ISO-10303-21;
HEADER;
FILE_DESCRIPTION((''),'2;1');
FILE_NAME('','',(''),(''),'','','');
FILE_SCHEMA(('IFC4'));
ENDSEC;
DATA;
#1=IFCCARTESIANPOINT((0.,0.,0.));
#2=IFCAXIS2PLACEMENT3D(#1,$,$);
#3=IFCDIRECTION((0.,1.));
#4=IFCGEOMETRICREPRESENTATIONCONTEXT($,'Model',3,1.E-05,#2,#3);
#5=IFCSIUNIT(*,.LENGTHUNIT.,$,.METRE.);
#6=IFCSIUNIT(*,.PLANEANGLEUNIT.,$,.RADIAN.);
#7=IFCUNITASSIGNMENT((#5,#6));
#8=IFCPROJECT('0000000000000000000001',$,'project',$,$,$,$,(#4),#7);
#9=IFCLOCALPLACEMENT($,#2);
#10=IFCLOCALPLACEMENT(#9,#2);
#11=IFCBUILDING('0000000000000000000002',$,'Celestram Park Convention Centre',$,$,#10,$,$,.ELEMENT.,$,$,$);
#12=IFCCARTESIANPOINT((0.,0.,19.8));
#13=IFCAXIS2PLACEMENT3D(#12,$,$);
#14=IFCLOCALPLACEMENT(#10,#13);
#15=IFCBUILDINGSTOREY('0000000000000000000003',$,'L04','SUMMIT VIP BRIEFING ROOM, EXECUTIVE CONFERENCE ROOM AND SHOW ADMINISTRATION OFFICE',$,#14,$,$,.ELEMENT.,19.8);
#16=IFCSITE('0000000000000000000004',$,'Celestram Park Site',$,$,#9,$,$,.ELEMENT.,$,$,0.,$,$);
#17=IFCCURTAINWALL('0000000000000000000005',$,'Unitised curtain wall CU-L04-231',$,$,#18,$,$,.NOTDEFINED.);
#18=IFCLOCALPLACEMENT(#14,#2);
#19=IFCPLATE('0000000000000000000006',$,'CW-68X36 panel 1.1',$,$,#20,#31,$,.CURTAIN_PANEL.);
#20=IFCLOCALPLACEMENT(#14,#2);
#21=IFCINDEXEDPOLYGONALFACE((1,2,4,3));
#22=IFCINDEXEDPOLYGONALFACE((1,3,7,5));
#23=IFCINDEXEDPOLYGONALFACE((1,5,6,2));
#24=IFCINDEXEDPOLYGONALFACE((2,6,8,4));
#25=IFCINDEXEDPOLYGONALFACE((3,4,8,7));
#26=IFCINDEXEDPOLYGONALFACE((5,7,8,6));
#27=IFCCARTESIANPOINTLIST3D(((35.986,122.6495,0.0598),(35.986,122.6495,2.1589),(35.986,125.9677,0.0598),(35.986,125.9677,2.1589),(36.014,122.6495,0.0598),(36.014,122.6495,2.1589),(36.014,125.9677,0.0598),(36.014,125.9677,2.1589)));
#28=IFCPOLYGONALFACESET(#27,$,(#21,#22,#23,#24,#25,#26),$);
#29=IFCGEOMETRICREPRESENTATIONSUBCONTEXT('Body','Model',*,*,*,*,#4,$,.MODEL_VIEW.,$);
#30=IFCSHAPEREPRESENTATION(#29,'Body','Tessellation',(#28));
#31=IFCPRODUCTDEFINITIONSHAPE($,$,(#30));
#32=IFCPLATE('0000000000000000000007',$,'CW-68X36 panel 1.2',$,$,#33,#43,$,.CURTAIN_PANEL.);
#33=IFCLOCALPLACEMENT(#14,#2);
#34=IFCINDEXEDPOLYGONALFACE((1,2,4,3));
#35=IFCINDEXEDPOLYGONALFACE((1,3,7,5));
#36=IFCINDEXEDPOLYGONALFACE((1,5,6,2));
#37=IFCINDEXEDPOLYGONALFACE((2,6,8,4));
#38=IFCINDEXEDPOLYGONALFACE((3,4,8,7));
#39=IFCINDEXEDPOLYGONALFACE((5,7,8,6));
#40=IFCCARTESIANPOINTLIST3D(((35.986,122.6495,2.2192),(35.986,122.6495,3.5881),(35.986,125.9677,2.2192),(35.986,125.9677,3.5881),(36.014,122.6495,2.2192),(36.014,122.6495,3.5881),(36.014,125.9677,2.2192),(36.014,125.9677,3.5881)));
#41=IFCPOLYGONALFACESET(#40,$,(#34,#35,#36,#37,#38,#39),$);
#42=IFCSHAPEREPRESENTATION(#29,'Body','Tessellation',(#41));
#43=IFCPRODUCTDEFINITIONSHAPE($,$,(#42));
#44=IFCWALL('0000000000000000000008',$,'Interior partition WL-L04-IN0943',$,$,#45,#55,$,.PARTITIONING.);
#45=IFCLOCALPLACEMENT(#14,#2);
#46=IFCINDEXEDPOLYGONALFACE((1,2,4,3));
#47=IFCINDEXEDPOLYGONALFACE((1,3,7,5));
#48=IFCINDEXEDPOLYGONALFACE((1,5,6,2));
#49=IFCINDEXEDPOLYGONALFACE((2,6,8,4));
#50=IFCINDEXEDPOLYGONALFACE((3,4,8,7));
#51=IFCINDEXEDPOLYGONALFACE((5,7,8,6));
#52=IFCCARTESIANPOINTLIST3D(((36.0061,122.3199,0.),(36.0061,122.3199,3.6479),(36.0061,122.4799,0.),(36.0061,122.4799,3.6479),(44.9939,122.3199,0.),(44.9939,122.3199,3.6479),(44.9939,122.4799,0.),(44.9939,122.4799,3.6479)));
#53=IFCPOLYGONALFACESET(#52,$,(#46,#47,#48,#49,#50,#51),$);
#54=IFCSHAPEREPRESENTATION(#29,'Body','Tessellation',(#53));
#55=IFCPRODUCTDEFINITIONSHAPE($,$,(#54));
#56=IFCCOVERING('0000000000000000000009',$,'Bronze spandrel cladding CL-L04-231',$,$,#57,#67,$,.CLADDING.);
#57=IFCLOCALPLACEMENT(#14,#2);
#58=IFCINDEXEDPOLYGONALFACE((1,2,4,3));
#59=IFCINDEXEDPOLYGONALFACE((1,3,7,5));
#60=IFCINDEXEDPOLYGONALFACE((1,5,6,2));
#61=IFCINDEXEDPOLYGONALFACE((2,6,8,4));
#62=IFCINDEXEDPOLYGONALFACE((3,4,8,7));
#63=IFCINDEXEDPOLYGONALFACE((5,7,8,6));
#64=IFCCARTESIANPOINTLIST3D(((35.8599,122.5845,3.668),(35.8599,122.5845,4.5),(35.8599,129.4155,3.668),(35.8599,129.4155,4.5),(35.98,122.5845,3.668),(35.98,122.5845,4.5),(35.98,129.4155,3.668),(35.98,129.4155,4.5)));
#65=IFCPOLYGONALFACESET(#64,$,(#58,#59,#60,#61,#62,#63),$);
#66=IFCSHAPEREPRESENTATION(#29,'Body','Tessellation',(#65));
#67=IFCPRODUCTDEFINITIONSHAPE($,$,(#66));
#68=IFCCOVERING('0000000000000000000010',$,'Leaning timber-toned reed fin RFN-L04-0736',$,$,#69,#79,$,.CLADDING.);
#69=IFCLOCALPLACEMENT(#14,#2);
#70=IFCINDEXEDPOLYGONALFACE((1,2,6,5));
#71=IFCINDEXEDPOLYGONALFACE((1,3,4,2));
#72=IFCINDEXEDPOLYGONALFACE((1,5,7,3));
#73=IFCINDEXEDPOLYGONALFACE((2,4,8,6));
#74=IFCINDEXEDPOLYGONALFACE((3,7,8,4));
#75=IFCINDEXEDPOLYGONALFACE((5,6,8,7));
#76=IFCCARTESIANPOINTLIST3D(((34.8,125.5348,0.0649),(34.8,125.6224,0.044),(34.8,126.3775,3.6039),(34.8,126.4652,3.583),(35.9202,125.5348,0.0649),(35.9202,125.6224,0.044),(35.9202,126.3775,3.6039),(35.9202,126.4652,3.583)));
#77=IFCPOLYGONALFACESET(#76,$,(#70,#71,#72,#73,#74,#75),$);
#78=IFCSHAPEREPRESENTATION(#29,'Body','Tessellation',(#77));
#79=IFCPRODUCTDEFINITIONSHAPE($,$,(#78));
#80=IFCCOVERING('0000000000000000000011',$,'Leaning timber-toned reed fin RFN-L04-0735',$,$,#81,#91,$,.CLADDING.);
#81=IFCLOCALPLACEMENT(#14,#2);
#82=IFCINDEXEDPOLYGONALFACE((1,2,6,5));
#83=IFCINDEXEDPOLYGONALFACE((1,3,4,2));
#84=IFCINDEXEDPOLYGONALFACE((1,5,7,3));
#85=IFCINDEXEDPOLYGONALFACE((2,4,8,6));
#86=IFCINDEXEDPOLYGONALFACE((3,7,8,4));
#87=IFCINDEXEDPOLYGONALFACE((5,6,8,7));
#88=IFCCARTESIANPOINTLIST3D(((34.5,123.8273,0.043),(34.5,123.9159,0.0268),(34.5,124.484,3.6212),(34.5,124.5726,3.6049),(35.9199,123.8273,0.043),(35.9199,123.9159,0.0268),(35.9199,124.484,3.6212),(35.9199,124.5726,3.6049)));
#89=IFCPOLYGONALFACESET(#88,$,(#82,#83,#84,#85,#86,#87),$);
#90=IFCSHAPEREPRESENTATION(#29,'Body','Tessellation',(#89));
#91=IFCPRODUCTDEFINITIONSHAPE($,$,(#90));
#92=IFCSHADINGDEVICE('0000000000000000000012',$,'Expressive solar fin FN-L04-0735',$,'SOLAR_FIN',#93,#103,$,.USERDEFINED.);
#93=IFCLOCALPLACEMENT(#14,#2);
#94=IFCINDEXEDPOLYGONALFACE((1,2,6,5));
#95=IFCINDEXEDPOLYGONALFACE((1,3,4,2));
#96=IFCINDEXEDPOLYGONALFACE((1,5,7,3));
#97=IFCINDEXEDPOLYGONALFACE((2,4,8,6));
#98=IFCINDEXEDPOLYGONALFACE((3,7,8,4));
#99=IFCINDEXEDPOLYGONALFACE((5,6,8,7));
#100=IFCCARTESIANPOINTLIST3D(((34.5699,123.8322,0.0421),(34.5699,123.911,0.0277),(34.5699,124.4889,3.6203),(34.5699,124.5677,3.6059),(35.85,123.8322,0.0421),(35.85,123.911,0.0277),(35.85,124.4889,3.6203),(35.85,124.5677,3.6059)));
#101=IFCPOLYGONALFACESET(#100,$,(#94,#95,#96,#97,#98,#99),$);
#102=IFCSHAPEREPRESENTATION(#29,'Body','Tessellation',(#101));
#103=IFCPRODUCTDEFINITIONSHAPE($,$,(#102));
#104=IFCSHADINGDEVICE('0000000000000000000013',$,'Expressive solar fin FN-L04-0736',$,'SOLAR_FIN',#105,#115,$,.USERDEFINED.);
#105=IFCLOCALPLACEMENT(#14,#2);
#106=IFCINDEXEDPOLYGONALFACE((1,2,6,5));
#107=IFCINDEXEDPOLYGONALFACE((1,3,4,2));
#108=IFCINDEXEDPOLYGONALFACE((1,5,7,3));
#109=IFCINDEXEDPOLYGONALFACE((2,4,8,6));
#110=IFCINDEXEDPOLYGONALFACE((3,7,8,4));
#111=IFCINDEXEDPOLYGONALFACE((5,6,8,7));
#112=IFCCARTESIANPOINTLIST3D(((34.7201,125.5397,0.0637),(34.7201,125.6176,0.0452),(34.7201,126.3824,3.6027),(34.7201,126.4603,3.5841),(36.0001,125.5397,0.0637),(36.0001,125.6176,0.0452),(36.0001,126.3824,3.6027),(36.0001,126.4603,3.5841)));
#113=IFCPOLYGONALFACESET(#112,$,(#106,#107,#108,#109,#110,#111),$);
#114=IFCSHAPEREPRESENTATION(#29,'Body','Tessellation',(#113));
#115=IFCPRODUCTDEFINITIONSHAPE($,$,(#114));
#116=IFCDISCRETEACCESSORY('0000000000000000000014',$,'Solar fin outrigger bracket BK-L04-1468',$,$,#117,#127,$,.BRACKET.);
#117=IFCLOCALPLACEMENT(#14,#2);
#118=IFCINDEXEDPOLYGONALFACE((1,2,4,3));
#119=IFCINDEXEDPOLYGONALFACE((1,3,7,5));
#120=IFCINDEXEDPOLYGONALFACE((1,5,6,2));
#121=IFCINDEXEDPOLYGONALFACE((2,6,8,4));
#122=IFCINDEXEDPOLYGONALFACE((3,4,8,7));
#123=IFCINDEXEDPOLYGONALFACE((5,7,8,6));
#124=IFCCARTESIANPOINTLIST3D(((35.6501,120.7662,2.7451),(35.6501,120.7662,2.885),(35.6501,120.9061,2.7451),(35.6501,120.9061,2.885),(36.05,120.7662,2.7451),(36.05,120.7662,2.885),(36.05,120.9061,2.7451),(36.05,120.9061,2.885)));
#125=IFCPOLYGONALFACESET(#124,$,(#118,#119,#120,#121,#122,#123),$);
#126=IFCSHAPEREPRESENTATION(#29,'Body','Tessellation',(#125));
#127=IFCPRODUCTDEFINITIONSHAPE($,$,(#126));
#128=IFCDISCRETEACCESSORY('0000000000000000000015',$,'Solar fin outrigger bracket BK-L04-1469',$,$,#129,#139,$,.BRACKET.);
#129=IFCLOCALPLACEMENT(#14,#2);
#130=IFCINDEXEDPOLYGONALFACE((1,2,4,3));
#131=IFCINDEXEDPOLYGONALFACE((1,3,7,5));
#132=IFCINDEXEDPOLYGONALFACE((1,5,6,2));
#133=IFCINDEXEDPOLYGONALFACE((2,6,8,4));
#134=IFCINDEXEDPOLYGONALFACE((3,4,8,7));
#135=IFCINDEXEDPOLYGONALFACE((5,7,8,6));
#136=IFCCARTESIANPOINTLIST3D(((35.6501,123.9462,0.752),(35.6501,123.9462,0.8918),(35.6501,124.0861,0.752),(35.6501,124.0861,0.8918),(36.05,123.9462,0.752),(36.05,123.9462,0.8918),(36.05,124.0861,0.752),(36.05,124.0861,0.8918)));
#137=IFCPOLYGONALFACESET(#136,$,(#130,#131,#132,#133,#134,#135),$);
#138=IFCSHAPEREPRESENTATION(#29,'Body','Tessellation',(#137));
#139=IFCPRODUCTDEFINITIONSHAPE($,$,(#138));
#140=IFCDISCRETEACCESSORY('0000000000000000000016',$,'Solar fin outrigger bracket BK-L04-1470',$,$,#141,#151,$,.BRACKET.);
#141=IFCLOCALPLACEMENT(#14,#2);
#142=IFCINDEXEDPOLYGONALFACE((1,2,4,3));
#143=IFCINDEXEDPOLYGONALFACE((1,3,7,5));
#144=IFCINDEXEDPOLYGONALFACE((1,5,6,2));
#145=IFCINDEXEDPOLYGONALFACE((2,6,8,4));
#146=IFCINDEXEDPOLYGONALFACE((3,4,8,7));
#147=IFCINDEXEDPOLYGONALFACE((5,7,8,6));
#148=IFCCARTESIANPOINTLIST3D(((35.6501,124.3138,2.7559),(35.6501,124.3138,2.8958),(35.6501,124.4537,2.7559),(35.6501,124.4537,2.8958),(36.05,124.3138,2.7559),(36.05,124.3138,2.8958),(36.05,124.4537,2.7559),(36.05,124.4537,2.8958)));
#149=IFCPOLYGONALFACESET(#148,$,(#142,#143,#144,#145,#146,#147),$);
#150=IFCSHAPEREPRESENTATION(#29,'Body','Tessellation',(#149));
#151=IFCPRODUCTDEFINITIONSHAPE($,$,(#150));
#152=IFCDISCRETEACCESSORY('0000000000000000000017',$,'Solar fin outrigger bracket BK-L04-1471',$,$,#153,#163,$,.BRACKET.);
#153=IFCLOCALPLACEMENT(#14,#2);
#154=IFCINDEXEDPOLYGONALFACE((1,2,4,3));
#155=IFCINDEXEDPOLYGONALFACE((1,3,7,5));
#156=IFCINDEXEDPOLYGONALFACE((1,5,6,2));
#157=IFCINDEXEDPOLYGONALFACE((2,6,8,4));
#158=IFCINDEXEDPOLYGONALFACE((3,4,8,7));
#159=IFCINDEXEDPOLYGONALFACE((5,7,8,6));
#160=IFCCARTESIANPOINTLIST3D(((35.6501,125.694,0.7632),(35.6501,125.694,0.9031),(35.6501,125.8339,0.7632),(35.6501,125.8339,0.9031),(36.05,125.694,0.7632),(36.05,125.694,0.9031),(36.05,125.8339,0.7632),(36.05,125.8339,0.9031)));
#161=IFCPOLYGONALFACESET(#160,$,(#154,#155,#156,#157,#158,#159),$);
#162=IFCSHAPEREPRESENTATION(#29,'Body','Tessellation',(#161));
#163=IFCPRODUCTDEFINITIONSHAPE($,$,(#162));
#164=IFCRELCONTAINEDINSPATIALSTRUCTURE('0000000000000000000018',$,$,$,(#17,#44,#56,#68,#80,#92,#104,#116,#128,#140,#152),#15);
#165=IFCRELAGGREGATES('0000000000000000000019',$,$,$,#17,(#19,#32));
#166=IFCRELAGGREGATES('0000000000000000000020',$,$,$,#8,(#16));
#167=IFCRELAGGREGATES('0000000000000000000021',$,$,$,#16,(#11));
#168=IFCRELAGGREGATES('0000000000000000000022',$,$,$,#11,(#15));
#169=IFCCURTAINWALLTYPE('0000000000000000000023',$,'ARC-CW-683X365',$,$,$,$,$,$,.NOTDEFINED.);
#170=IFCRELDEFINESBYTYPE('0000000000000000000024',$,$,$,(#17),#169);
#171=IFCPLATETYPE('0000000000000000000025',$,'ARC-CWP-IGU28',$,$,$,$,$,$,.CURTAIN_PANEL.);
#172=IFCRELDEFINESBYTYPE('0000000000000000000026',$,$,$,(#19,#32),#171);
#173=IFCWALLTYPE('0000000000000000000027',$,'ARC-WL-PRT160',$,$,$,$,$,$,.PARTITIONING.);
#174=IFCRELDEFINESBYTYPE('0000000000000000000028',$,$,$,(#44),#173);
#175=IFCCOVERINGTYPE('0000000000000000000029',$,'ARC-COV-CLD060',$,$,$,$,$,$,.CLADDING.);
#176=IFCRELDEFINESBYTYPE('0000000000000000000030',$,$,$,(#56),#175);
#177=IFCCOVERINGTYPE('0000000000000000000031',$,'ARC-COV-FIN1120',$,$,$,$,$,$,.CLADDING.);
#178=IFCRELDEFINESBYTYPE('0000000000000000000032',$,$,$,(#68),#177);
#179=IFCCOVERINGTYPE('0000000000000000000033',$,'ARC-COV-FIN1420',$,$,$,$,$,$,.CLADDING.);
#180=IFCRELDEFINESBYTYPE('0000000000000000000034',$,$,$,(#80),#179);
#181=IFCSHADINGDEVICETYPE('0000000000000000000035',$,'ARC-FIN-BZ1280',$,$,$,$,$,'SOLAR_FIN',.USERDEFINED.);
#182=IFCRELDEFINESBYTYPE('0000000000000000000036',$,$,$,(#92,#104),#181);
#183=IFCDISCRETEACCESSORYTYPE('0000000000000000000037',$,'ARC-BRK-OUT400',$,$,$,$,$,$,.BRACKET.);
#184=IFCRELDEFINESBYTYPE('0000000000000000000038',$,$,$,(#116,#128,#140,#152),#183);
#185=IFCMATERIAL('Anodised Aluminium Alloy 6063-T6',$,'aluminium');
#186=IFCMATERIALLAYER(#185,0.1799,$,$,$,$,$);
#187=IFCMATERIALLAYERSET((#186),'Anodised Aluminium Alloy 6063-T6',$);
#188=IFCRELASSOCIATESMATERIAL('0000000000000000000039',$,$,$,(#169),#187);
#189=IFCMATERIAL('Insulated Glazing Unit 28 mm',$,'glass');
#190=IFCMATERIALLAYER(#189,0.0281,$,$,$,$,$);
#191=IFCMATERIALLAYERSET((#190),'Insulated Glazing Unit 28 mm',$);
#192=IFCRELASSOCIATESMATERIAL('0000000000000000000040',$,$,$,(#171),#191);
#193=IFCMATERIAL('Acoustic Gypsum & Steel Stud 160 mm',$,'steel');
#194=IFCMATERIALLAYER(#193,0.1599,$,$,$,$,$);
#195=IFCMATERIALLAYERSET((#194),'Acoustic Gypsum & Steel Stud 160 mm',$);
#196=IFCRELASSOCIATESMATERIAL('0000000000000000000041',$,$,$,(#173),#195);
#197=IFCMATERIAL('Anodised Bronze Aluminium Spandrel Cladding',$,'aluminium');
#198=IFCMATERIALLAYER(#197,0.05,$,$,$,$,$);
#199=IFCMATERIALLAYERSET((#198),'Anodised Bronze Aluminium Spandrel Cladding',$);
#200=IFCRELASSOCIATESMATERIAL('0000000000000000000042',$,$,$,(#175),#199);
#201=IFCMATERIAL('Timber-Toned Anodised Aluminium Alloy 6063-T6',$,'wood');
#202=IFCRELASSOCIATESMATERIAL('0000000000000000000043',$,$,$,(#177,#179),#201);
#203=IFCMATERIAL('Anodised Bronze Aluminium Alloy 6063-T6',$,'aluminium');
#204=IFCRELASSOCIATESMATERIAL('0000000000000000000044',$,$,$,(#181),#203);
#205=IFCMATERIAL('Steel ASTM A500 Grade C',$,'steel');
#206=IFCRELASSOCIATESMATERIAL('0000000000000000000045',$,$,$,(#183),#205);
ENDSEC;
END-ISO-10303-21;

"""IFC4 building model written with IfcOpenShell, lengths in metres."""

from ifc_helpers import new_model, si_unit, direction, frame, frame_2d, origin, origin_2d, place, context, subcontext, project, spatial, rectangle, extrude, material, layer, layer_set, material_profile, profile_set, type_object, element, aggregate, save


model = new_model("IFC4")

# Units and contexts
model_context = context("Model", 3, precision=1e-05, world=origin(), true_north=direction((0.0, 1.0)))
body_context = subcontext(model_context, "Body", "Model", "MODEL_VIEW")
ifc_project = project(units=[si_unit("LENGTHUNIT", "METRE"), si_unit("PLANEANGLEUNIT", "RADIAN")], contexts=[model_context])

# Site, building, storey
site_placement = place(None, origin())
site = spatial("IfcSite", under=ifc_project, at=site_placement, Name="Celestram Park Site", CompositionType="ELEMENT", RefElevation=0.0)
building_placement = place(site_placement, origin())
building = spatial("IfcBuilding", under=site, at=building_placement, Name="Celestram Park Convention Centre", CompositionType="ELEMENT")
storey_placement = place(building_placement, frame((0.0, 0.0, 19.8)))
storey = spatial("IfcBuildingStorey", under=building, at=storey_placement, Name="L04", Description="SUMMIT VIP BRIEFING ROOM, EXECUTIVE CONFERENCE ROOM AND SHOW ADMINISTRATION OFFICE", CompositionType="ELEMENT", Elevation=19.8)

# Shared definitions
ifc_material_1 = material(Name="Anodised Aluminium Alloy 6063-T6", Category="aluminium")
ifc_layer_1 = layer(ifc_material_1, 0.1799)
ifc_layer_set_1 = layer_set([ifc_layer_1], Name="Anodised Aluminium Alloy 6063-T6")
curtain_wall_type = type_object("IfcCurtainWallType", Name="ARC-CW-683X365", PredefinedType="NOTDEFINED", material=ifc_layer_set_1)

# Curtain wall
curtain_wall_1_placement = place(storey_placement, origin())
curtain_wall_1 = element("IfcCurtainWall", 1, at=curtain_wall_1_placement, inside=storey, type_object=curtain_wall_type, Name="Unitised curtain wall CU-L04-231", PredefinedType="NOTDEFINED")

# Shared definitions
ifc_material_2 = material(Name="Steel ASTM A500 Grade C", Category="steel")

# Plates
ifc_material_3 = material(Name="Insulated Glazing Unit 28 mm", Category="glass")
ifc_layer_2 = layer(ifc_material_3, 0.0281)
ifc_layer_set_2 = layer_set([ifc_layer_2], Name="Insulated Glazing Unit 28 mm")
plate_type = type_object("IfcPlateType", Name="ARC-CWP-IGU28", PredefinedType="CURTAIN_PANEL", material=ifc_layer_set_2)
plate_1_placement = place(storey_placement, frame((36.0, 124.3086, 0.0598), z_axis=(0.0, 0.0, 1.0), x_axis=(0.0, 1.0, 0.0)))
plate_1 = element("IfcPlate", 2, at=plate_1_placement, type_object=plate_type, Name="CW-68X36 panel 1.1", PredefinedType="CURTAIN_PANEL", context=body_context, shape_type="SweptSolid", body=[
    extrude(rectangle(XDim=3.3181, YDim=0.0281, at=origin_2d()), origin(), (0.0, 0.0, 1.0), 2.0991),
])
plate_2_placement = place(storey_placement, frame((36.0, 124.3086, 2.2192), z_axis=(0.0, 0.0, 1.0), x_axis=(0.0, 1.0, 0.0)))
plate_2 = element("IfcPlate", 3, at=plate_2_placement, type_object=plate_type, Name="CW-68X36 panel 1.2", PredefinedType="CURTAIN_PANEL", context=body_context, shape_type="SweptSolid", body=[
    extrude(rectangle(XDim=3.3181, YDim=0.0281, at=origin_2d()), origin(), (0.0, 0.0, 1.0), 1.3689),
])
aggregate(curtain_wall_1, [plate_1, plate_2])

# Wall
ifc_material_4 = material(Name="Acoustic Gypsum & Steel Stud 160 mm", Category="steel")
ifc_layer_3 = layer(ifc_material_4, 0.1599)
ifc_layer_set_3 = layer_set([ifc_layer_3], Name="Acoustic Gypsum & Steel Stud 160 mm")
wall_type = type_object("IfcWallType", Name="ARC-WL-PRT160", PredefinedType="PARTITIONING", material=ifc_layer_set_3)
wall_placement = place(storey_placement, frame((36.0061, 122.3999, 0.0), z_axis=(0.0, 0.0, 1.0), x_axis=(1.0, 0.0, 0.0)))
element("IfcWall", 4, at=wall_placement, inside=storey, type_object=wall_type, Name="Interior partition WL-L04-IN0943", PredefinedType="PARTITIONING", context=body_context, shape_type="SweptSolid", body=[
    extrude(rectangle(XDim=8.9878, YDim=0.1599, at=frame_2d((4.4939, 0.0))), origin(), (0.0, 0.0, 1.0), 3.6479),
])

# Coverings
ifc_material_5 = material(Name="Anodised Bronze Aluminium Spandrel Cladding", Category="aluminium")
ifc_layer_4 = layer(ifc_material_5, 0.05)
ifc_layer_set_4 = layer_set([ifc_layer_4], Name="Anodised Bronze Aluminium Spandrel Cladding")
covering_type_1 = type_object("IfcCoveringType", Name="ARC-COV-CLD060", PredefinedType="CLADDING", material=ifc_layer_set_4)
covering_1_placement = place(storey_placement, frame((35.9199, 126.0, 3.668), z_axis=(0.0, 0.0, 1.0), x_axis=(0.0, 1.0, 0.0)))
element("IfcCovering", 5, at=covering_1_placement, inside=storey, type_object=covering_type_1, Name="Bronze spandrel cladding CL-L04-231", PredefinedType="CLADDING", context=body_context, shape_type="SweptSolid", body=[
    extrude(rectangle(XDim=6.8311, YDim=0.1201, at=origin_2d()), origin(), (0.0, 0.0, 1.0), 0.832),
])
ifc_material_6 = material(Name="Timber-Toned Anodised Aluminium Alloy 6063-T6", Category="wood")
ifc_material_profile_1 = material_profile(ifc_material_6, rectangle(XDim=1.1201, YDim=0.0901, at=origin_2d()), Name="REED1120X90")
ifc_profile_set_1 = profile_set([ifc_material_profile_1], Name="Timber-Toned Anodised Aluminium Alloy 6063-T6")
covering_type_2 = type_object("IfcCoveringType", Name="ARC-COV-FIN1120", PredefinedType="CLADDING", material=ifc_profile_set_1)
covering_2_placement = place(storey_placement, frame((35.3601, 125.5786, 0.0544), z_axis=(0.0, 0.231657, 0.972798), x_axis=(-1.0, 0.0, 0.0)))
element("IfcCovering", 6, at=covering_2_placement, inside=storey, type_object=covering_type_2, Name="Leaning timber-toned reed fin RFN-L04-0736", PredefinedType="CLADDING", context=body_context, shape_type="SweptSolid", body=[
    extrude(rectangle(XDim=1.1201, YDim=0.0901, at=origin_2d()), origin(), (0.0, 0.0, 1.0), 3.6379),
])
ifc_material_profile_2 = material_profile(ifc_material_6, rectangle(XDim=1.4199, YDim=0.0901, at=origin_2d()), Name="REED1420X90")
ifc_profile_set_2 = profile_set([ifc_material_profile_2], Name="Timber-Toned Anodised Aluminium Alloy 6063-T6")
covering_type_3 = type_object("IfcCoveringType", Name="ARC-COV-FIN1420", PredefinedType="CLADDING", material=ifc_profile_set_2)
covering_3_placement = place(storey_placement, frame((35.21, 123.8716, 0.0349), z_axis=(0.0, 0.180527, 0.98357), x_axis=(-1.0, 0.0, 0.0)))
element("IfcCovering", 7, at=covering_3_placement, inside=storey, type_object=covering_type_3, Name="Leaning timber-toned reed fin RFN-L04-0735", PredefinedType="CLADDING", context=body_context, shape_type="SweptSolid", body=[
    extrude(rectangle(XDim=1.4199, YDim=0.0901, at=origin_2d()), origin(), (0.0, 0.0, 1.0), 3.6379),
])

# Shading devices
ifc_material_7 = material(Name="Anodised Bronze Aluminium Alloy 6063-T6", Category="aluminium")
ifc_material_profile_3 = material_profile(ifc_material_7, rectangle(XDim=1.28, YDim=0.0801, at=origin_2d()), Name="FIN1280X80")
ifc_profile_set_3 = profile_set([ifc_material_profile_3], Name="Anodised Bronze Aluminium Alloy 6063-T6")
shading_device_type = type_object("IfcShadingDeviceType", Name="ARC-FIN-BZ1280", ElementType="SOLAR_FIN", PredefinedType="USERDEFINED", material=ifc_profile_set_3)
for number, where, z_axis, x_axis, name in (
    (8, (35.21, 123.8716, 0.0349), (0.0, 0.180527, 0.98357), (-1.0, 0.0, 0.0), "Expressive solar fin FN-L04-0735"),
    (9, (35.3601, 125.5786, 0.0544), (0.0, 0.231657, 0.972798), (-1.0, 0.0, 0.0), "Expressive solar fin FN-L04-0736"),
):
    element("IfcShadingDevice", number, at=place(storey_placement, frame(where, z_axis=z_axis, x_axis=x_axis)), inside=storey, type_object=shading_device_type, Name=name, ObjectType="SOLAR_FIN", PredefinedType="USERDEFINED", context=body_context, shape_type="SweptSolid", body=[
        extrude(rectangle(XDim=1.28, YDim=0.0801, at=origin_2d()), origin(), (0.0, 0.0, 1.0), 3.6379),
    ])

# Discrete accessories
discrete_accessory_type = type_object("IfcDiscreteAccessoryType", Name="ARC-BRK-OUT400", PredefinedType="BRACKET", material=ifc_material_2)
for number, where, z_axis, x_axis, name in (
    (10, (35.8501, 120.8362, 2.7451), (0.0, 0.0, 1.0), (-1.0, 0.0, 0.0), "Solar fin outrigger bracket BK-L04-1468"),
    (11, (35.8501, 124.0161, 0.752), (0.0, 0.0, 1.0), (-1.0, 0.0, 0.0), "Solar fin outrigger bracket BK-L04-1469"),
    (12, (35.8501, 124.3838, 2.7559), (0.0, 0.0, 1.0), (-1.0, 0.0, 0.0), "Solar fin outrigger bracket BK-L04-1470"),
    (13, (35.8501, 125.7639, 0.7632), (0.0, 0.0, 1.0), (-1.0, 0.0, 0.0), "Solar fin outrigger bracket BK-L04-1471"),
):
    element("IfcDiscreteAccessory", number, at=place(storey_placement, frame(where, z_axis=z_axis, x_axis=x_axis)), inside=storey, type_object=discrete_accessory_type, Name=name, PredefinedType="BRACKET", context=body_context, shape_type="SweptSolid", body=[
        extrude(rectangle(XDim=0.3999, YDim=0.1399, at=origin_2d()), origin(), (0.0, 0.0, 1.0), 0.1399),
    ])

save(model, "model.ifc")
